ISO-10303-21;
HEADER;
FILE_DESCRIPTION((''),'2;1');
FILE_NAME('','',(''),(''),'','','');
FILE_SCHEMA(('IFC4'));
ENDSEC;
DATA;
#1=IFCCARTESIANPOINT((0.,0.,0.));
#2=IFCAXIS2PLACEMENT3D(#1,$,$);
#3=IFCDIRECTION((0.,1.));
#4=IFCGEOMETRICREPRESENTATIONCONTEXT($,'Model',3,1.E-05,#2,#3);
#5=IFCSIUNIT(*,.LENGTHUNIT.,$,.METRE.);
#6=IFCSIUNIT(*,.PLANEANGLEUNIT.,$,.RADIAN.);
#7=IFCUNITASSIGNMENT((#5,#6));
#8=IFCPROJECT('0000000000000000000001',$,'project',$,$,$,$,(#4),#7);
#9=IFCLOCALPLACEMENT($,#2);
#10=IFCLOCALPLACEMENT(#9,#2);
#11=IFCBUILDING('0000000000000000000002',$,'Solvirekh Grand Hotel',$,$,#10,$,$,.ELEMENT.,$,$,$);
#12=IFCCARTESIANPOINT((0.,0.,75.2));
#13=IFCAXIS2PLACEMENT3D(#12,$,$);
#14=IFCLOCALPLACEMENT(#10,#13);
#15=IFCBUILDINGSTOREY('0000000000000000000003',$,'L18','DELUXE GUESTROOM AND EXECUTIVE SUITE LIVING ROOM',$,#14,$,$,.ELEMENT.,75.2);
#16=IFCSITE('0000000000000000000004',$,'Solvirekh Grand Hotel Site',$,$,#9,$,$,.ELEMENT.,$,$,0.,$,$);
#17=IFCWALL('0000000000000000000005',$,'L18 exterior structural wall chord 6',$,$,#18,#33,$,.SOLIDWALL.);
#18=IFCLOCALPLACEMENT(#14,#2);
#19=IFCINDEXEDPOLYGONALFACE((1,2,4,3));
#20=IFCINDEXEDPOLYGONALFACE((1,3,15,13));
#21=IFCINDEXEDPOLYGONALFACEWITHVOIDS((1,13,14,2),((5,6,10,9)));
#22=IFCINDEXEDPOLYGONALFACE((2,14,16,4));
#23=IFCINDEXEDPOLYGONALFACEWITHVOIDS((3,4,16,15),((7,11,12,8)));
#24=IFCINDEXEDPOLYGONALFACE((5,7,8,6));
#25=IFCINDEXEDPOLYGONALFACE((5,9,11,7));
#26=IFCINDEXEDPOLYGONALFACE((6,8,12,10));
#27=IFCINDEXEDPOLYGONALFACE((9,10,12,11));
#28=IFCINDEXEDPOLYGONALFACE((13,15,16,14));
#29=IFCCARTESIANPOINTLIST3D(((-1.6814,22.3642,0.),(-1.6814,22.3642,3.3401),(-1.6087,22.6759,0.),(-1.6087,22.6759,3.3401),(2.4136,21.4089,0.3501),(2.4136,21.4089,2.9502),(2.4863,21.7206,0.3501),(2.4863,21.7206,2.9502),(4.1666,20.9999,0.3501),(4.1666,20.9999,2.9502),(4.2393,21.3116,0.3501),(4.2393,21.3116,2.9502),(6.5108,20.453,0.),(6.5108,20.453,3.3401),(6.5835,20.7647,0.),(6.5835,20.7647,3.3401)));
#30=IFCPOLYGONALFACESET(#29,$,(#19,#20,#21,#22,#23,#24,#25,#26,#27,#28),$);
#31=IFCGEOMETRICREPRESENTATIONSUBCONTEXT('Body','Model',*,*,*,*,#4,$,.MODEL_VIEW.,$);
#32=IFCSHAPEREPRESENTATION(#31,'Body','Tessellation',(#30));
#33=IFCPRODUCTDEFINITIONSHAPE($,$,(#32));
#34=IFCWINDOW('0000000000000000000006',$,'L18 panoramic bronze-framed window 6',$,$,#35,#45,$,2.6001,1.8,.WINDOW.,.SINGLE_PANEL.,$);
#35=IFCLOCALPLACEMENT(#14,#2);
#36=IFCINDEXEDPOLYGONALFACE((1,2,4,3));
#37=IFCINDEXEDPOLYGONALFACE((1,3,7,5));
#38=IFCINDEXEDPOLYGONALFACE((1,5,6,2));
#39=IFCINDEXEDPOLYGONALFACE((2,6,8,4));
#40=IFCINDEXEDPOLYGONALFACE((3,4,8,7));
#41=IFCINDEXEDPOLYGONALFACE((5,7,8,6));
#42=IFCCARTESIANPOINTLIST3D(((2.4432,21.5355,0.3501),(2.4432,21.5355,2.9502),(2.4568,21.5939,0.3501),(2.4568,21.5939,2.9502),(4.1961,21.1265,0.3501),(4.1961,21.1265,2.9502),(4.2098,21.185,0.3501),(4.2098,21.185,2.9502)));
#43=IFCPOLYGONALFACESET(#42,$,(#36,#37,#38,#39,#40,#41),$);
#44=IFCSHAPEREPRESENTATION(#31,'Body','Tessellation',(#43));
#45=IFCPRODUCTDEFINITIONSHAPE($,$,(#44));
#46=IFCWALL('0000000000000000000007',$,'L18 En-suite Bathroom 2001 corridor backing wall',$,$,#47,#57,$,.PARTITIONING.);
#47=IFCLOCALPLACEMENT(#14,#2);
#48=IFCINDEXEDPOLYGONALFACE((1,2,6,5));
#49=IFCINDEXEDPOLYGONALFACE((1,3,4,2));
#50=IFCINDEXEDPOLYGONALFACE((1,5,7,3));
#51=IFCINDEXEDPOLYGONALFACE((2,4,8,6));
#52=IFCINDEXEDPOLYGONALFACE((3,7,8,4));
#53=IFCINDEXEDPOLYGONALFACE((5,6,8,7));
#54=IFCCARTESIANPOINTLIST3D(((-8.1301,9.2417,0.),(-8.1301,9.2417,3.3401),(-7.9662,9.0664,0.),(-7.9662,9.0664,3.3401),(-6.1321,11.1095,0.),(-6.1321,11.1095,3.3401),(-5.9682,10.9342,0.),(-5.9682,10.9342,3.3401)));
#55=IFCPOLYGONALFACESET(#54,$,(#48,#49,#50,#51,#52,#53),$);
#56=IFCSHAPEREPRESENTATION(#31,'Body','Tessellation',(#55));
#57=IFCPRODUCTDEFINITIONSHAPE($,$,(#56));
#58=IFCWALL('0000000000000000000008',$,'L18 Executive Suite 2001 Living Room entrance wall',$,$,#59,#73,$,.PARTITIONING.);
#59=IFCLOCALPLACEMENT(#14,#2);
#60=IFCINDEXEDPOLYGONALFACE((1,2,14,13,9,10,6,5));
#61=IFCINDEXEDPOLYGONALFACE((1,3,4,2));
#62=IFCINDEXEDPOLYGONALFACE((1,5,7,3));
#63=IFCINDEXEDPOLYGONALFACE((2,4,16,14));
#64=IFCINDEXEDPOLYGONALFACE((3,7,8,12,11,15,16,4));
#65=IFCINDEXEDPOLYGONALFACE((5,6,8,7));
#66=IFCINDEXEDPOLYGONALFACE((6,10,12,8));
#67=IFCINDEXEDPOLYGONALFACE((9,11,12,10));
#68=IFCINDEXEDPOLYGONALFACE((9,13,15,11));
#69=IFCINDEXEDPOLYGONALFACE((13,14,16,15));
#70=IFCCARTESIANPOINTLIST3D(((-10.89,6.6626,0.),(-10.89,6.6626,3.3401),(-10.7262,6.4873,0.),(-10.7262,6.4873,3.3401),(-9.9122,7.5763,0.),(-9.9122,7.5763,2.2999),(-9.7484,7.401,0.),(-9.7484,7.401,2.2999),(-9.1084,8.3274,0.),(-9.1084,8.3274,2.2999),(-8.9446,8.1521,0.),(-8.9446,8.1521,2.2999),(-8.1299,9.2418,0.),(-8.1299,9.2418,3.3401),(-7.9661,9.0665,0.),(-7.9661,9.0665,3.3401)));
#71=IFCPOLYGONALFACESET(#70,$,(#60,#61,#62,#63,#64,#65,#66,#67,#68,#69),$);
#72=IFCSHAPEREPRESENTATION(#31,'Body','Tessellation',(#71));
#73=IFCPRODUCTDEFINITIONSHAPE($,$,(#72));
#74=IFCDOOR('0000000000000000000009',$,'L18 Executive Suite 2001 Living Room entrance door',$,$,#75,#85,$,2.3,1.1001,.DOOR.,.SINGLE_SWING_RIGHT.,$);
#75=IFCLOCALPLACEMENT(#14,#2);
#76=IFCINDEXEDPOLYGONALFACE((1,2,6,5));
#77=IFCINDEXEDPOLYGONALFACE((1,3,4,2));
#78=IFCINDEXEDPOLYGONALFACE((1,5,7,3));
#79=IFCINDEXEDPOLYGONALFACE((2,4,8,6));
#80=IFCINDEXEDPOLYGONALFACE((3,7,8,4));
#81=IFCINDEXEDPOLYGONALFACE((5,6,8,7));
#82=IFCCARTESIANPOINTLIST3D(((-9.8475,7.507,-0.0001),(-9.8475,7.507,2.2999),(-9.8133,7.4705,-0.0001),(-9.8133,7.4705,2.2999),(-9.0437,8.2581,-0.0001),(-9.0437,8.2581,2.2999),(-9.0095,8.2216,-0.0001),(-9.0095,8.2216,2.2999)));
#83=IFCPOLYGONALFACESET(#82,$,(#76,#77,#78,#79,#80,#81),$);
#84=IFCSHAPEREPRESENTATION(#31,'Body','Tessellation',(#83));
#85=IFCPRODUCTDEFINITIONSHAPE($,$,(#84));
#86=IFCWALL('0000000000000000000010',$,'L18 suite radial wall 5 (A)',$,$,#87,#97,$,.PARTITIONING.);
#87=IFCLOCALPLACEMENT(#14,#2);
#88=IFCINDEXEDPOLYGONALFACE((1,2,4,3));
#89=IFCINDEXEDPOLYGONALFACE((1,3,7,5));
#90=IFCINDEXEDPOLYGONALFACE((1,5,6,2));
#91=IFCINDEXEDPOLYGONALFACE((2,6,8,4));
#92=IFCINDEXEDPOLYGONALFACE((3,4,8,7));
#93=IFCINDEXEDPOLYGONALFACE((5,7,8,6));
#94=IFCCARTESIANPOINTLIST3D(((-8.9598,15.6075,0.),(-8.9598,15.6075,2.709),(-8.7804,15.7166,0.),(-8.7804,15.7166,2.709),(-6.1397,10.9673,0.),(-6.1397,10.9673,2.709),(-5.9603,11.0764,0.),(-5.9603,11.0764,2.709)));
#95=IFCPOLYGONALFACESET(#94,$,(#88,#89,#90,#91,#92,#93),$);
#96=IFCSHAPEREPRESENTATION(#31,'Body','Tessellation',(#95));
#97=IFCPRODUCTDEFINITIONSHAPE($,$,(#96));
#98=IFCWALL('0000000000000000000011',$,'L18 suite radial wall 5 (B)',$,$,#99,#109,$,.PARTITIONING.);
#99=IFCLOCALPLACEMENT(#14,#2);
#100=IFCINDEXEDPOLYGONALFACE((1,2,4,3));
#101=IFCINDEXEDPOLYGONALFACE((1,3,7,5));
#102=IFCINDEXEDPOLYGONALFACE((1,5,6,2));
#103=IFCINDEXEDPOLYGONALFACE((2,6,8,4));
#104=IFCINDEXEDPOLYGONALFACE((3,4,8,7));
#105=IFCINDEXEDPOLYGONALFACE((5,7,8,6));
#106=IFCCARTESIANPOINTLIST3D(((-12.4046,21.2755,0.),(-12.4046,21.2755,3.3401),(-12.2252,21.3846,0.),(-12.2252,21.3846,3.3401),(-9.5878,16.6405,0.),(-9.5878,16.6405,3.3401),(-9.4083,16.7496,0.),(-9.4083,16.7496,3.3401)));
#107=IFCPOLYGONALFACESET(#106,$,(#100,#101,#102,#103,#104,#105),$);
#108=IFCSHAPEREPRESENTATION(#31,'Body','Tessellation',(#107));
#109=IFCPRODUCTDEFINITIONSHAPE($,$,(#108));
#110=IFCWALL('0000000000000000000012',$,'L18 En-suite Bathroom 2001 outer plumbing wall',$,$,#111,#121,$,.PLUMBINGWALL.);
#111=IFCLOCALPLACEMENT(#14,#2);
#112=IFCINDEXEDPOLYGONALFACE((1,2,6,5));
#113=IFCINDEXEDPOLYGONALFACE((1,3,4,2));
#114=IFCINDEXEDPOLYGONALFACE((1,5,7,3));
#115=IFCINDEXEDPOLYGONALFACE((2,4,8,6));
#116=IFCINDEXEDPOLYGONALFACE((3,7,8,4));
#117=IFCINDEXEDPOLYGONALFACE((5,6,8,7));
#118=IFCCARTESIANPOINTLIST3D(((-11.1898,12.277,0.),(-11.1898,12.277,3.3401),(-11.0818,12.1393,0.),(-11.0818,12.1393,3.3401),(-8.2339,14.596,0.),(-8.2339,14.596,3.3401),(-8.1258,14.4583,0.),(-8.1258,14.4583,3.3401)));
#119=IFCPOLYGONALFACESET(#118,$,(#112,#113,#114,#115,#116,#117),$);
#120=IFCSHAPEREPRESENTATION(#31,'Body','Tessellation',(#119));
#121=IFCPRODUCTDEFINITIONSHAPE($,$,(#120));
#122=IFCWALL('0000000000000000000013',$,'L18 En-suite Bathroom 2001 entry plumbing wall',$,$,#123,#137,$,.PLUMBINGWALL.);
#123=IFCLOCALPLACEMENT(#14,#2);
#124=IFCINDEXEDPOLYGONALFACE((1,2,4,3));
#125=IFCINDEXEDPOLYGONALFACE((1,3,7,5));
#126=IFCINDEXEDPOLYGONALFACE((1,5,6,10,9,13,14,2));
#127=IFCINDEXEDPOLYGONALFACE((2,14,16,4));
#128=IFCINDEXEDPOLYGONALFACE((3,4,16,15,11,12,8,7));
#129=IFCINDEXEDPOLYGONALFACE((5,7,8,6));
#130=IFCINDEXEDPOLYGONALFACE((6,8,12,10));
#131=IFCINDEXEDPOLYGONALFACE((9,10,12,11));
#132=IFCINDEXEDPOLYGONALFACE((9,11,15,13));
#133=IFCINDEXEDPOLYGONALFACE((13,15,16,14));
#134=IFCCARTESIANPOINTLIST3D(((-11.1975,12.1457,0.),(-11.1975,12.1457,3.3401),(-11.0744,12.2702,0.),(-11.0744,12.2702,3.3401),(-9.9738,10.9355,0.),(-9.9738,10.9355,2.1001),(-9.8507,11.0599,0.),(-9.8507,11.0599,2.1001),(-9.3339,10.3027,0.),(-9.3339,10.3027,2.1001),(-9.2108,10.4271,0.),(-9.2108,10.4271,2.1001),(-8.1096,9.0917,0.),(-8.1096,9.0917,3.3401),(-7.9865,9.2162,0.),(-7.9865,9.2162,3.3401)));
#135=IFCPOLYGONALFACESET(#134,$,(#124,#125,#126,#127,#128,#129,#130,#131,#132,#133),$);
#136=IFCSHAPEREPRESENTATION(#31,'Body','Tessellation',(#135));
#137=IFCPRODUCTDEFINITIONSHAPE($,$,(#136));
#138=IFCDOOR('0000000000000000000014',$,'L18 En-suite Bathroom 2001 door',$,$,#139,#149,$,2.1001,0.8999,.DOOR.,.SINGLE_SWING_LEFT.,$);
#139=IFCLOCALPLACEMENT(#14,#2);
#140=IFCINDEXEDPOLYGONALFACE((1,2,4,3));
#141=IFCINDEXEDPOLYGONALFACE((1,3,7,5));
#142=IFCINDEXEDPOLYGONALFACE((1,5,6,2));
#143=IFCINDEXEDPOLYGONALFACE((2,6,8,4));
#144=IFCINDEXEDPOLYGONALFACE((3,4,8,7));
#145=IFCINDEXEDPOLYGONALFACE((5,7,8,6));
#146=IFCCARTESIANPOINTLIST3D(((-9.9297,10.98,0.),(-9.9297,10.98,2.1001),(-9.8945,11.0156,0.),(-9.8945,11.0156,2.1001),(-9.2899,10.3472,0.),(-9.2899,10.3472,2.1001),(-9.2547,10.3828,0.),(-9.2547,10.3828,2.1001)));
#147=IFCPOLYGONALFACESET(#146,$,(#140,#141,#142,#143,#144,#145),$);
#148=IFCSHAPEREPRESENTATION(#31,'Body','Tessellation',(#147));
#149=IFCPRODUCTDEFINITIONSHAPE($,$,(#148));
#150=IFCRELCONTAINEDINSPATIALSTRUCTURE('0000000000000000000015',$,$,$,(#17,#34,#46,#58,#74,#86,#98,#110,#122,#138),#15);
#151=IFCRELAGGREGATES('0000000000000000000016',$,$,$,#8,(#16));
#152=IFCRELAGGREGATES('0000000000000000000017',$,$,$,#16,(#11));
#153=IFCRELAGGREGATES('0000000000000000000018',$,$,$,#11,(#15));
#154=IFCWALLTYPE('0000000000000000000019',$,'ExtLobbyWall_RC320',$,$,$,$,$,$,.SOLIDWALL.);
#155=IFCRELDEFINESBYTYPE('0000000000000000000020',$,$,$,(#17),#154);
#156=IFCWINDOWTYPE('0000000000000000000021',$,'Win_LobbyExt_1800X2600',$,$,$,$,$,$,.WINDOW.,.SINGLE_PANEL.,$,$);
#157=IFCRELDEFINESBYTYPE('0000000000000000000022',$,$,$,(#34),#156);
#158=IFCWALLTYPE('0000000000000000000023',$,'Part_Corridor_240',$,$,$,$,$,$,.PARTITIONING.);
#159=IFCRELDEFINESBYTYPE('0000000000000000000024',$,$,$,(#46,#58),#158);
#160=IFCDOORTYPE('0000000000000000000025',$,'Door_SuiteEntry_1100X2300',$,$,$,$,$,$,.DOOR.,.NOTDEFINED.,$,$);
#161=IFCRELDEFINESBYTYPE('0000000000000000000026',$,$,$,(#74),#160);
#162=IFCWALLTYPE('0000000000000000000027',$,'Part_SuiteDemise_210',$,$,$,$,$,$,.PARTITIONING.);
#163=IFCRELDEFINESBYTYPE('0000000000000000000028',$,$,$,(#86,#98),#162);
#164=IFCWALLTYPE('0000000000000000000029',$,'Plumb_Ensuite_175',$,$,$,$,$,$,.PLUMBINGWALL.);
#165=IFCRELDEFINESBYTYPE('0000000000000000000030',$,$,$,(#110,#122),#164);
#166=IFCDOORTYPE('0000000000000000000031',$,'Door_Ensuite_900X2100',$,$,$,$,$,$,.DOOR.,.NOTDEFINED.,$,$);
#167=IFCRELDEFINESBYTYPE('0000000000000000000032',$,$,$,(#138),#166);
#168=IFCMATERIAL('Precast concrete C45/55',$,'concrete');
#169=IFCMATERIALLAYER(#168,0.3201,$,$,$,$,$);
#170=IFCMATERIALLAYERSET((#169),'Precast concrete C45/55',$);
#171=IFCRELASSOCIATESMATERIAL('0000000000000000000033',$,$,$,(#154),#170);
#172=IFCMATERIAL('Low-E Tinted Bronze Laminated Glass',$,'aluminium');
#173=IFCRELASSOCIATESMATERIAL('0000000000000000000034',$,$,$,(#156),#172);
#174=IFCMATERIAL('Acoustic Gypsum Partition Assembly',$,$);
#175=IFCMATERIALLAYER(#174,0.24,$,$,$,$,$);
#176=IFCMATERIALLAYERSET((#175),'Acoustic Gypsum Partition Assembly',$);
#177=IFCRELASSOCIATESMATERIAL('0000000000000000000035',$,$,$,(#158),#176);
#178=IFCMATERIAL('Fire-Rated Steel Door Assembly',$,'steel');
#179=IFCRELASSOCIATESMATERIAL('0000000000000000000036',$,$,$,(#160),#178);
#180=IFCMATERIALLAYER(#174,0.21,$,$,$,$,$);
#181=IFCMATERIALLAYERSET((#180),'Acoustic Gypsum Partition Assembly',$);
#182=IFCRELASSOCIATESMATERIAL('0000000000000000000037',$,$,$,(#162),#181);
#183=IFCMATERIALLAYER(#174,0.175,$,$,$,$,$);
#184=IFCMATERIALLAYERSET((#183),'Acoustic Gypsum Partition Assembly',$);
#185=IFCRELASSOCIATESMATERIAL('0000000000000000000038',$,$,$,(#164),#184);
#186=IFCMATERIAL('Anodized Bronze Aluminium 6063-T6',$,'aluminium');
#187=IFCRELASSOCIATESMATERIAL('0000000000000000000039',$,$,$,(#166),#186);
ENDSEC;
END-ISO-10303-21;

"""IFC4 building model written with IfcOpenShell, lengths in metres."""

from ifc_helpers import new_model, si_unit, direction, frame, frame_2d, origin, place, context, subcontext, project, spatial, rectangle, extrude, material, layer, layer_set, type_object, element, fill, save


model = new_model("IFC4")

# Units and contexts
model_context = context("Model", 3, precision=1e-05, world=origin(), true_north=direction((0.0, 1.0)))
body_context = subcontext(model_context, "Body", "Model", "MODEL_VIEW")
ifc_project = project(units=[si_unit("LENGTHUNIT", "METRE"), si_unit("PLANEANGLEUNIT", "RADIAN")], contexts=[model_context])

# Site, building, storey
site_placement = place(None, origin())
site = spatial("IfcSite", under=ifc_project, at=site_placement, Name="Solvirekh Grand Hotel Site", CompositionType="ELEMENT", RefElevation=0.0)
building_placement = place(site_placement, origin())
building = spatial("IfcBuilding", under=site, at=building_placement, Name="Solvirekh Grand Hotel", CompositionType="ELEMENT")
storey_placement = place(building_placement, frame((0.0, 0.0, 75.2)))
storey = spatial("IfcBuildingStorey", under=building, at=storey_placement, Name="L18", Description="DELUXE GUESTROOM AND EXECUTIVE SUITE LIVING ROOM", CompositionType="ELEMENT", Elevation=75.2)

# Wall, opening, window
ifc_material_1 = material(Name="Precast concrete C45/55", Category="concrete")
ifc_layer_1 = layer(ifc_material_1, 0.3201)
ifc_layer_set_1 = layer_set([ifc_layer_1], Name="Precast concrete C45/55")
wall_type_1 = type_object("IfcWallType", Name="ExtLobbyWall_RC320", PredefinedType="SOLIDWALL", material=ifc_layer_set_1)
wall_1_placement = place(storey_placement, frame((-1.645, 22.52, 0.0), z_axis=(0.0, 0.0, 1.0), x_axis=(0.973851, -0.227188, 0.0)))
wall_1 = element("IfcWall", 1, at=wall_1_placement, inside=storey, type_object=wall_type_1, Name="L18 exterior structural wall chord 6", PredefinedType="SOLIDWALL", context=body_context, shape_type="SweptSolid", body=[
    extrude(rectangle(XDim=8.4121, YDim=0.3201, at=frame_2d((4.2061, 0.0))), origin(), (0.0, 0.0, 1.0), 3.3401),
])
opening_1_placement = place(wall_1_placement, frame((4.2051, 0.0, 0.3501)))
opening_1 = element("IfcOpeningElement", 2, at=opening_1_placement, cuts=wall_1, PredefinedType="OPENING", context=body_context, shape_type="SweptSolid", body=[
    extrude(rectangle(XDim=1.8, YDim=2.6001, at=frame_2d((0.8999, 1.3))), frame((0.0, 0.1699, 0.0), z_axis=(0.0, -1.0, 0.0), x_axis=(1.0, 0.0, 0.0)), (0.0, 0.0, 1.0), 0.3401),
])
ifc_material_2 = material(Name="Low-E Tinted Bronze Laminated Glass", Category="aluminium")
window_type = type_object("IfcWindowType", Name="Win_LobbyExt_1800X2600", PartitioningType="SINGLE_PANEL", PredefinedType="WINDOW", material=ifc_material_2)
window_placement = place(opening_1_placement, origin())
window = element("IfcWindow", 3, at=window_placement, inside=storey, type_object=window_type, Name="L18 panoramic bronze-framed window 6", OverallHeight=2.6001, OverallWidth=1.8, PartitioningType="SINGLE_PANEL", PredefinedType="WINDOW", context=body_context, shape_type="SweptSolid", body=[
    extrude(rectangle(XDim=1.8, YDim=2.6001, at=frame_2d((0.8999, 1.3))), frame((0.0, 0.03, 0.0), z_axis=(0.0, -1.0, 0.0), x_axis=(1.0, 0.0, 0.0)), (0.0, 0.0, 1.0), 0.0601),
])
fill(opening_1, window)

# Wall
ifc_material_3 = material(Name="Acoustic Gypsum Partition Assembly")
ifc_layer_2 = layer(ifc_material_3, 0.24)
ifc_layer_set_2 = layer_set([ifc_layer_2], Name="Acoustic Gypsum Partition Assembly")
wall_type_2 = type_object("IfcWallType", Name="Part_Corridor_240", PredefinedType="PARTITIONING", material=ifc_layer_set_2)
wall_2_placement = place(storey_placement, frame((-6.05, 11.022, 0.0), z_axis=(0.0, 0.0, 1.0), x_axis=(-0.730494, -0.682919, 0.0)))
element("IfcWall", 4, at=wall_2_placement, inside=storey, type_object=wall_type_2, Name="L18 En-suite Bathroom 2001 corridor backing wall", PredefinedType="PARTITIONING", context=body_context, shape_type="SweptSolid", body=[
    extrude(rectangle(XDim=2.7351, YDim=0.24, at=frame_2d((1.3677, 0.0))), origin(), (0.0, 0.0, 1.0), 3.3401),
])

# Wall, opening, door
wall_3_placement = place(storey_placement, frame((-8.0481, 9.1541, 0.0), z_axis=(0.0, 0.0, 1.0), x_axis=(-0.730647, -0.682756, 0.0)))
wall_3 = element("IfcWall", 5, at=wall_3_placement, inside=storey, type_object=wall_type_2, Name="L18 Executive Suite 2001 Living Room entrance wall", PredefinedType="PARTITIONING", context=body_context, shape_type="SweptSolid", body=[
    extrude(rectangle(XDim=3.7776, YDim=0.24, at=frame_2d((1.8887, 0.0))), origin(), (0.0, 0.0, 1.0), 3.3401),
])
opening_2_placement = place(wall_3_placement, frame((1.3391, 0.0, 0.0)))
opening_2 = element("IfcOpeningElement", 6, at=opening_2_placement, cuts=wall_3, PredefinedType="OPENING", context=body_context, shape_type="SweptSolid", body=[
    extrude(rectangle(XDim=1.1001, YDim=2.3, at=frame_2d((0.55, 1.1499))), frame((0.0, 0.1299, 0.0), z_axis=(0.0, -1.0, 0.0), x_axis=(1.0, 0.0, 0.0)), (0.0, 0.0, 1.0), 0.26),
])
ifc_material_4 = material(Name="Fire-Rated Steel Door Assembly", Category="steel")
door_type_1 = type_object("IfcDoorType", Name="Door_SuiteEntry_1100X2300", OperationType="NOTDEFINED", PredefinedType="DOOR", material=ifc_material_4)
door_1_placement = place(opening_2_placement, origin())
door_1 = element("IfcDoor", 7, at=door_1_placement, inside=storey, type_object=door_type_1, Name="L18 Executive Suite 2001 Living Room entrance door", OperationType="SINGLE_SWING_RIGHT", OverallHeight=2.3, OverallWidth=1.1001, PredefinedType="DOOR", context=body_context, shape_type="SweptSolid", body=[
    extrude(rectangle(XDim=1.1001, YDim=2.3, at=frame_2d((0.55, 1.1499))), frame((0.0, 0.0249, 0.0), z_axis=(0.0, -1.0, 0.0), x_axis=(1.0, 0.0, 0.0)), (0.0, 0.0, 1.0), 0.05),
])
fill(opening_2, door_1)

# Walls
ifc_layer_3 = layer(ifc_material_3, 0.21)
ifc_layer_set_3 = layer_set([ifc_layer_3], Name="Acoustic Gypsum Partition Assembly")
wall_type_3 = type_object("IfcWallType", Name="Part_SuiteDemise_210", PredefinedType="PARTITIONING", material=ifc_layer_set_3)
wall_4_placement = place(storey_placement, frame((-6.05, 11.022, 0.0), z_axis=(0.0, 0.0, 1.0), x_axis=(-0.519361, 0.854555, 0.0)))
element("IfcWall", 8, at=wall_4_placement, inside=storey, type_object=wall_type_3, Name="L18 suite radial wall 5 (A)", PredefinedType="PARTITIONING", context=body_context, shape_type="SweptSolid", body=[
    extrude(rectangle(XDim=5.4299, YDim=0.21, at=frame_2d((2.7148, 0.0))), origin(), (0.0, 0.0, 1.0), 2.709),
])
wall_5_placement = place(storey_placement, frame((-9.498, 16.6951, 0.0), z_axis=(0.0, 0.0, 1.0), x_axis=(-0.519353, 0.85456, 0.0)))
element("IfcWall", 9, at=wall_5_placement, inside=storey, type_object=wall_type_3, Name="L18 suite radial wall 5 (B)", PredefinedType="PARTITIONING", context=body_context, shape_type="SweptSolid", body=[
    extrude(rectangle(XDim=5.4238, YDim=0.21, at=frame_2d((2.7119, 0.0))), origin(), (0.0, 0.0, 1.0), 3.3401),
])
ifc_layer_4 = layer(ifc_material_3, 0.175)
ifc_layer_set_4 = layer_set([ifc_layer_4], Name="Acoustic Gypsum Partition Assembly")
wall_type_4 = type_object("IfcWallType", Name="Plumb_Ensuite_175", PredefinedType="PLUMBINGWALL", material=ifc_layer_set_4)
wall_6_placement = place(storey_placement, frame((-8.1799, 14.5271, 0.0), z_axis=(0.0, 0.0, 1.0), x_axis=(-0.786774, -0.617242, 0.0)))
element("IfcWall", 10, at=wall_6_placement, inside=storey, type_object=wall_type_4, Name="L18 En-suite Bathroom 2001 outer plumbing wall", PredefinedType="PLUMBINGWALL", context=body_context, shape_type="SweptSolid", body=[
    extrude(rectangle(XDim=3.7571, YDim=0.175, at=frame_2d((1.8784, 0.0))), origin(), (0.0, 0.0, 1.0), 3.3401),
])

# Wall, opening, door
wall_7_placement = place(storey_placement, frame((-8.0481, 9.1541, 0.0), z_axis=(0.0, 0.0, 1.0), x_axis=(-0.711003, 0.703189, 0.0)))
wall_7 = element("IfcWall", 11, at=wall_7_placement, inside=storey, type_object=wall_type_4, Name="L18 En-suite Bathroom 2001 entry plumbing wall", PredefinedType="PLUMBINGWALL", context=body_context, shape_type="SweptSolid", body=[
    extrude(rectangle(XDim=4.343, YDim=0.175, at=frame_2d((2.1714, 0.0))), origin(), (0.0, 0.0, 1.0), 3.3401),
])
opening_3_placement = place(wall_7_placement, frame((1.7219, 0.0, 0.0)))
opening_3 = element("IfcOpeningElement", 12, at=opening_3_placement, cuts=wall_7, PredefinedType="OPENING", context=body_context, shape_type="SweptSolid", body=[
    extrude(rectangle(XDim=0.8999, YDim=2.1001, at=frame_2d((0.45, 1.05))), frame((0.0, 0.0977, 0.0), z_axis=(0.0, -1.0, 0.0), x_axis=(1.0, 0.0, 0.0)), (0.0, 0.0, 1.0), 0.1951),
])
ifc_material_5 = material(Name="Anodized Bronze Aluminium 6063-T6", Category="aluminium")
door_type_2 = type_object("IfcDoorType", Name="Door_Ensuite_900X2100", OperationType="NOTDEFINED", PredefinedType="DOOR", material=ifc_material_5)
door_2_placement = place(opening_3_placement, origin())
door_2 = element("IfcDoor", 13, at=door_2_placement, inside=storey, type_object=door_type_2, Name="L18 En-suite Bathroom 2001 door", OperationType="SINGLE_SWING_LEFT", OverallHeight=2.1001, OverallWidth=0.8999, PredefinedType="DOOR", context=body_context, shape_type="SweptSolid", body=[
    extrude(rectangle(XDim=0.8999, YDim=2.1001, at=frame_2d((0.45, 1.05))), frame((0.0, 0.0249, 0.0), z_axis=(0.0, -1.0, 0.0), x_axis=(1.0, 0.0, 0.0)), (0.0, 0.0, 1.0), 0.05),
])
fill(opening_3, door_2)

save(model, "model.ifc")
